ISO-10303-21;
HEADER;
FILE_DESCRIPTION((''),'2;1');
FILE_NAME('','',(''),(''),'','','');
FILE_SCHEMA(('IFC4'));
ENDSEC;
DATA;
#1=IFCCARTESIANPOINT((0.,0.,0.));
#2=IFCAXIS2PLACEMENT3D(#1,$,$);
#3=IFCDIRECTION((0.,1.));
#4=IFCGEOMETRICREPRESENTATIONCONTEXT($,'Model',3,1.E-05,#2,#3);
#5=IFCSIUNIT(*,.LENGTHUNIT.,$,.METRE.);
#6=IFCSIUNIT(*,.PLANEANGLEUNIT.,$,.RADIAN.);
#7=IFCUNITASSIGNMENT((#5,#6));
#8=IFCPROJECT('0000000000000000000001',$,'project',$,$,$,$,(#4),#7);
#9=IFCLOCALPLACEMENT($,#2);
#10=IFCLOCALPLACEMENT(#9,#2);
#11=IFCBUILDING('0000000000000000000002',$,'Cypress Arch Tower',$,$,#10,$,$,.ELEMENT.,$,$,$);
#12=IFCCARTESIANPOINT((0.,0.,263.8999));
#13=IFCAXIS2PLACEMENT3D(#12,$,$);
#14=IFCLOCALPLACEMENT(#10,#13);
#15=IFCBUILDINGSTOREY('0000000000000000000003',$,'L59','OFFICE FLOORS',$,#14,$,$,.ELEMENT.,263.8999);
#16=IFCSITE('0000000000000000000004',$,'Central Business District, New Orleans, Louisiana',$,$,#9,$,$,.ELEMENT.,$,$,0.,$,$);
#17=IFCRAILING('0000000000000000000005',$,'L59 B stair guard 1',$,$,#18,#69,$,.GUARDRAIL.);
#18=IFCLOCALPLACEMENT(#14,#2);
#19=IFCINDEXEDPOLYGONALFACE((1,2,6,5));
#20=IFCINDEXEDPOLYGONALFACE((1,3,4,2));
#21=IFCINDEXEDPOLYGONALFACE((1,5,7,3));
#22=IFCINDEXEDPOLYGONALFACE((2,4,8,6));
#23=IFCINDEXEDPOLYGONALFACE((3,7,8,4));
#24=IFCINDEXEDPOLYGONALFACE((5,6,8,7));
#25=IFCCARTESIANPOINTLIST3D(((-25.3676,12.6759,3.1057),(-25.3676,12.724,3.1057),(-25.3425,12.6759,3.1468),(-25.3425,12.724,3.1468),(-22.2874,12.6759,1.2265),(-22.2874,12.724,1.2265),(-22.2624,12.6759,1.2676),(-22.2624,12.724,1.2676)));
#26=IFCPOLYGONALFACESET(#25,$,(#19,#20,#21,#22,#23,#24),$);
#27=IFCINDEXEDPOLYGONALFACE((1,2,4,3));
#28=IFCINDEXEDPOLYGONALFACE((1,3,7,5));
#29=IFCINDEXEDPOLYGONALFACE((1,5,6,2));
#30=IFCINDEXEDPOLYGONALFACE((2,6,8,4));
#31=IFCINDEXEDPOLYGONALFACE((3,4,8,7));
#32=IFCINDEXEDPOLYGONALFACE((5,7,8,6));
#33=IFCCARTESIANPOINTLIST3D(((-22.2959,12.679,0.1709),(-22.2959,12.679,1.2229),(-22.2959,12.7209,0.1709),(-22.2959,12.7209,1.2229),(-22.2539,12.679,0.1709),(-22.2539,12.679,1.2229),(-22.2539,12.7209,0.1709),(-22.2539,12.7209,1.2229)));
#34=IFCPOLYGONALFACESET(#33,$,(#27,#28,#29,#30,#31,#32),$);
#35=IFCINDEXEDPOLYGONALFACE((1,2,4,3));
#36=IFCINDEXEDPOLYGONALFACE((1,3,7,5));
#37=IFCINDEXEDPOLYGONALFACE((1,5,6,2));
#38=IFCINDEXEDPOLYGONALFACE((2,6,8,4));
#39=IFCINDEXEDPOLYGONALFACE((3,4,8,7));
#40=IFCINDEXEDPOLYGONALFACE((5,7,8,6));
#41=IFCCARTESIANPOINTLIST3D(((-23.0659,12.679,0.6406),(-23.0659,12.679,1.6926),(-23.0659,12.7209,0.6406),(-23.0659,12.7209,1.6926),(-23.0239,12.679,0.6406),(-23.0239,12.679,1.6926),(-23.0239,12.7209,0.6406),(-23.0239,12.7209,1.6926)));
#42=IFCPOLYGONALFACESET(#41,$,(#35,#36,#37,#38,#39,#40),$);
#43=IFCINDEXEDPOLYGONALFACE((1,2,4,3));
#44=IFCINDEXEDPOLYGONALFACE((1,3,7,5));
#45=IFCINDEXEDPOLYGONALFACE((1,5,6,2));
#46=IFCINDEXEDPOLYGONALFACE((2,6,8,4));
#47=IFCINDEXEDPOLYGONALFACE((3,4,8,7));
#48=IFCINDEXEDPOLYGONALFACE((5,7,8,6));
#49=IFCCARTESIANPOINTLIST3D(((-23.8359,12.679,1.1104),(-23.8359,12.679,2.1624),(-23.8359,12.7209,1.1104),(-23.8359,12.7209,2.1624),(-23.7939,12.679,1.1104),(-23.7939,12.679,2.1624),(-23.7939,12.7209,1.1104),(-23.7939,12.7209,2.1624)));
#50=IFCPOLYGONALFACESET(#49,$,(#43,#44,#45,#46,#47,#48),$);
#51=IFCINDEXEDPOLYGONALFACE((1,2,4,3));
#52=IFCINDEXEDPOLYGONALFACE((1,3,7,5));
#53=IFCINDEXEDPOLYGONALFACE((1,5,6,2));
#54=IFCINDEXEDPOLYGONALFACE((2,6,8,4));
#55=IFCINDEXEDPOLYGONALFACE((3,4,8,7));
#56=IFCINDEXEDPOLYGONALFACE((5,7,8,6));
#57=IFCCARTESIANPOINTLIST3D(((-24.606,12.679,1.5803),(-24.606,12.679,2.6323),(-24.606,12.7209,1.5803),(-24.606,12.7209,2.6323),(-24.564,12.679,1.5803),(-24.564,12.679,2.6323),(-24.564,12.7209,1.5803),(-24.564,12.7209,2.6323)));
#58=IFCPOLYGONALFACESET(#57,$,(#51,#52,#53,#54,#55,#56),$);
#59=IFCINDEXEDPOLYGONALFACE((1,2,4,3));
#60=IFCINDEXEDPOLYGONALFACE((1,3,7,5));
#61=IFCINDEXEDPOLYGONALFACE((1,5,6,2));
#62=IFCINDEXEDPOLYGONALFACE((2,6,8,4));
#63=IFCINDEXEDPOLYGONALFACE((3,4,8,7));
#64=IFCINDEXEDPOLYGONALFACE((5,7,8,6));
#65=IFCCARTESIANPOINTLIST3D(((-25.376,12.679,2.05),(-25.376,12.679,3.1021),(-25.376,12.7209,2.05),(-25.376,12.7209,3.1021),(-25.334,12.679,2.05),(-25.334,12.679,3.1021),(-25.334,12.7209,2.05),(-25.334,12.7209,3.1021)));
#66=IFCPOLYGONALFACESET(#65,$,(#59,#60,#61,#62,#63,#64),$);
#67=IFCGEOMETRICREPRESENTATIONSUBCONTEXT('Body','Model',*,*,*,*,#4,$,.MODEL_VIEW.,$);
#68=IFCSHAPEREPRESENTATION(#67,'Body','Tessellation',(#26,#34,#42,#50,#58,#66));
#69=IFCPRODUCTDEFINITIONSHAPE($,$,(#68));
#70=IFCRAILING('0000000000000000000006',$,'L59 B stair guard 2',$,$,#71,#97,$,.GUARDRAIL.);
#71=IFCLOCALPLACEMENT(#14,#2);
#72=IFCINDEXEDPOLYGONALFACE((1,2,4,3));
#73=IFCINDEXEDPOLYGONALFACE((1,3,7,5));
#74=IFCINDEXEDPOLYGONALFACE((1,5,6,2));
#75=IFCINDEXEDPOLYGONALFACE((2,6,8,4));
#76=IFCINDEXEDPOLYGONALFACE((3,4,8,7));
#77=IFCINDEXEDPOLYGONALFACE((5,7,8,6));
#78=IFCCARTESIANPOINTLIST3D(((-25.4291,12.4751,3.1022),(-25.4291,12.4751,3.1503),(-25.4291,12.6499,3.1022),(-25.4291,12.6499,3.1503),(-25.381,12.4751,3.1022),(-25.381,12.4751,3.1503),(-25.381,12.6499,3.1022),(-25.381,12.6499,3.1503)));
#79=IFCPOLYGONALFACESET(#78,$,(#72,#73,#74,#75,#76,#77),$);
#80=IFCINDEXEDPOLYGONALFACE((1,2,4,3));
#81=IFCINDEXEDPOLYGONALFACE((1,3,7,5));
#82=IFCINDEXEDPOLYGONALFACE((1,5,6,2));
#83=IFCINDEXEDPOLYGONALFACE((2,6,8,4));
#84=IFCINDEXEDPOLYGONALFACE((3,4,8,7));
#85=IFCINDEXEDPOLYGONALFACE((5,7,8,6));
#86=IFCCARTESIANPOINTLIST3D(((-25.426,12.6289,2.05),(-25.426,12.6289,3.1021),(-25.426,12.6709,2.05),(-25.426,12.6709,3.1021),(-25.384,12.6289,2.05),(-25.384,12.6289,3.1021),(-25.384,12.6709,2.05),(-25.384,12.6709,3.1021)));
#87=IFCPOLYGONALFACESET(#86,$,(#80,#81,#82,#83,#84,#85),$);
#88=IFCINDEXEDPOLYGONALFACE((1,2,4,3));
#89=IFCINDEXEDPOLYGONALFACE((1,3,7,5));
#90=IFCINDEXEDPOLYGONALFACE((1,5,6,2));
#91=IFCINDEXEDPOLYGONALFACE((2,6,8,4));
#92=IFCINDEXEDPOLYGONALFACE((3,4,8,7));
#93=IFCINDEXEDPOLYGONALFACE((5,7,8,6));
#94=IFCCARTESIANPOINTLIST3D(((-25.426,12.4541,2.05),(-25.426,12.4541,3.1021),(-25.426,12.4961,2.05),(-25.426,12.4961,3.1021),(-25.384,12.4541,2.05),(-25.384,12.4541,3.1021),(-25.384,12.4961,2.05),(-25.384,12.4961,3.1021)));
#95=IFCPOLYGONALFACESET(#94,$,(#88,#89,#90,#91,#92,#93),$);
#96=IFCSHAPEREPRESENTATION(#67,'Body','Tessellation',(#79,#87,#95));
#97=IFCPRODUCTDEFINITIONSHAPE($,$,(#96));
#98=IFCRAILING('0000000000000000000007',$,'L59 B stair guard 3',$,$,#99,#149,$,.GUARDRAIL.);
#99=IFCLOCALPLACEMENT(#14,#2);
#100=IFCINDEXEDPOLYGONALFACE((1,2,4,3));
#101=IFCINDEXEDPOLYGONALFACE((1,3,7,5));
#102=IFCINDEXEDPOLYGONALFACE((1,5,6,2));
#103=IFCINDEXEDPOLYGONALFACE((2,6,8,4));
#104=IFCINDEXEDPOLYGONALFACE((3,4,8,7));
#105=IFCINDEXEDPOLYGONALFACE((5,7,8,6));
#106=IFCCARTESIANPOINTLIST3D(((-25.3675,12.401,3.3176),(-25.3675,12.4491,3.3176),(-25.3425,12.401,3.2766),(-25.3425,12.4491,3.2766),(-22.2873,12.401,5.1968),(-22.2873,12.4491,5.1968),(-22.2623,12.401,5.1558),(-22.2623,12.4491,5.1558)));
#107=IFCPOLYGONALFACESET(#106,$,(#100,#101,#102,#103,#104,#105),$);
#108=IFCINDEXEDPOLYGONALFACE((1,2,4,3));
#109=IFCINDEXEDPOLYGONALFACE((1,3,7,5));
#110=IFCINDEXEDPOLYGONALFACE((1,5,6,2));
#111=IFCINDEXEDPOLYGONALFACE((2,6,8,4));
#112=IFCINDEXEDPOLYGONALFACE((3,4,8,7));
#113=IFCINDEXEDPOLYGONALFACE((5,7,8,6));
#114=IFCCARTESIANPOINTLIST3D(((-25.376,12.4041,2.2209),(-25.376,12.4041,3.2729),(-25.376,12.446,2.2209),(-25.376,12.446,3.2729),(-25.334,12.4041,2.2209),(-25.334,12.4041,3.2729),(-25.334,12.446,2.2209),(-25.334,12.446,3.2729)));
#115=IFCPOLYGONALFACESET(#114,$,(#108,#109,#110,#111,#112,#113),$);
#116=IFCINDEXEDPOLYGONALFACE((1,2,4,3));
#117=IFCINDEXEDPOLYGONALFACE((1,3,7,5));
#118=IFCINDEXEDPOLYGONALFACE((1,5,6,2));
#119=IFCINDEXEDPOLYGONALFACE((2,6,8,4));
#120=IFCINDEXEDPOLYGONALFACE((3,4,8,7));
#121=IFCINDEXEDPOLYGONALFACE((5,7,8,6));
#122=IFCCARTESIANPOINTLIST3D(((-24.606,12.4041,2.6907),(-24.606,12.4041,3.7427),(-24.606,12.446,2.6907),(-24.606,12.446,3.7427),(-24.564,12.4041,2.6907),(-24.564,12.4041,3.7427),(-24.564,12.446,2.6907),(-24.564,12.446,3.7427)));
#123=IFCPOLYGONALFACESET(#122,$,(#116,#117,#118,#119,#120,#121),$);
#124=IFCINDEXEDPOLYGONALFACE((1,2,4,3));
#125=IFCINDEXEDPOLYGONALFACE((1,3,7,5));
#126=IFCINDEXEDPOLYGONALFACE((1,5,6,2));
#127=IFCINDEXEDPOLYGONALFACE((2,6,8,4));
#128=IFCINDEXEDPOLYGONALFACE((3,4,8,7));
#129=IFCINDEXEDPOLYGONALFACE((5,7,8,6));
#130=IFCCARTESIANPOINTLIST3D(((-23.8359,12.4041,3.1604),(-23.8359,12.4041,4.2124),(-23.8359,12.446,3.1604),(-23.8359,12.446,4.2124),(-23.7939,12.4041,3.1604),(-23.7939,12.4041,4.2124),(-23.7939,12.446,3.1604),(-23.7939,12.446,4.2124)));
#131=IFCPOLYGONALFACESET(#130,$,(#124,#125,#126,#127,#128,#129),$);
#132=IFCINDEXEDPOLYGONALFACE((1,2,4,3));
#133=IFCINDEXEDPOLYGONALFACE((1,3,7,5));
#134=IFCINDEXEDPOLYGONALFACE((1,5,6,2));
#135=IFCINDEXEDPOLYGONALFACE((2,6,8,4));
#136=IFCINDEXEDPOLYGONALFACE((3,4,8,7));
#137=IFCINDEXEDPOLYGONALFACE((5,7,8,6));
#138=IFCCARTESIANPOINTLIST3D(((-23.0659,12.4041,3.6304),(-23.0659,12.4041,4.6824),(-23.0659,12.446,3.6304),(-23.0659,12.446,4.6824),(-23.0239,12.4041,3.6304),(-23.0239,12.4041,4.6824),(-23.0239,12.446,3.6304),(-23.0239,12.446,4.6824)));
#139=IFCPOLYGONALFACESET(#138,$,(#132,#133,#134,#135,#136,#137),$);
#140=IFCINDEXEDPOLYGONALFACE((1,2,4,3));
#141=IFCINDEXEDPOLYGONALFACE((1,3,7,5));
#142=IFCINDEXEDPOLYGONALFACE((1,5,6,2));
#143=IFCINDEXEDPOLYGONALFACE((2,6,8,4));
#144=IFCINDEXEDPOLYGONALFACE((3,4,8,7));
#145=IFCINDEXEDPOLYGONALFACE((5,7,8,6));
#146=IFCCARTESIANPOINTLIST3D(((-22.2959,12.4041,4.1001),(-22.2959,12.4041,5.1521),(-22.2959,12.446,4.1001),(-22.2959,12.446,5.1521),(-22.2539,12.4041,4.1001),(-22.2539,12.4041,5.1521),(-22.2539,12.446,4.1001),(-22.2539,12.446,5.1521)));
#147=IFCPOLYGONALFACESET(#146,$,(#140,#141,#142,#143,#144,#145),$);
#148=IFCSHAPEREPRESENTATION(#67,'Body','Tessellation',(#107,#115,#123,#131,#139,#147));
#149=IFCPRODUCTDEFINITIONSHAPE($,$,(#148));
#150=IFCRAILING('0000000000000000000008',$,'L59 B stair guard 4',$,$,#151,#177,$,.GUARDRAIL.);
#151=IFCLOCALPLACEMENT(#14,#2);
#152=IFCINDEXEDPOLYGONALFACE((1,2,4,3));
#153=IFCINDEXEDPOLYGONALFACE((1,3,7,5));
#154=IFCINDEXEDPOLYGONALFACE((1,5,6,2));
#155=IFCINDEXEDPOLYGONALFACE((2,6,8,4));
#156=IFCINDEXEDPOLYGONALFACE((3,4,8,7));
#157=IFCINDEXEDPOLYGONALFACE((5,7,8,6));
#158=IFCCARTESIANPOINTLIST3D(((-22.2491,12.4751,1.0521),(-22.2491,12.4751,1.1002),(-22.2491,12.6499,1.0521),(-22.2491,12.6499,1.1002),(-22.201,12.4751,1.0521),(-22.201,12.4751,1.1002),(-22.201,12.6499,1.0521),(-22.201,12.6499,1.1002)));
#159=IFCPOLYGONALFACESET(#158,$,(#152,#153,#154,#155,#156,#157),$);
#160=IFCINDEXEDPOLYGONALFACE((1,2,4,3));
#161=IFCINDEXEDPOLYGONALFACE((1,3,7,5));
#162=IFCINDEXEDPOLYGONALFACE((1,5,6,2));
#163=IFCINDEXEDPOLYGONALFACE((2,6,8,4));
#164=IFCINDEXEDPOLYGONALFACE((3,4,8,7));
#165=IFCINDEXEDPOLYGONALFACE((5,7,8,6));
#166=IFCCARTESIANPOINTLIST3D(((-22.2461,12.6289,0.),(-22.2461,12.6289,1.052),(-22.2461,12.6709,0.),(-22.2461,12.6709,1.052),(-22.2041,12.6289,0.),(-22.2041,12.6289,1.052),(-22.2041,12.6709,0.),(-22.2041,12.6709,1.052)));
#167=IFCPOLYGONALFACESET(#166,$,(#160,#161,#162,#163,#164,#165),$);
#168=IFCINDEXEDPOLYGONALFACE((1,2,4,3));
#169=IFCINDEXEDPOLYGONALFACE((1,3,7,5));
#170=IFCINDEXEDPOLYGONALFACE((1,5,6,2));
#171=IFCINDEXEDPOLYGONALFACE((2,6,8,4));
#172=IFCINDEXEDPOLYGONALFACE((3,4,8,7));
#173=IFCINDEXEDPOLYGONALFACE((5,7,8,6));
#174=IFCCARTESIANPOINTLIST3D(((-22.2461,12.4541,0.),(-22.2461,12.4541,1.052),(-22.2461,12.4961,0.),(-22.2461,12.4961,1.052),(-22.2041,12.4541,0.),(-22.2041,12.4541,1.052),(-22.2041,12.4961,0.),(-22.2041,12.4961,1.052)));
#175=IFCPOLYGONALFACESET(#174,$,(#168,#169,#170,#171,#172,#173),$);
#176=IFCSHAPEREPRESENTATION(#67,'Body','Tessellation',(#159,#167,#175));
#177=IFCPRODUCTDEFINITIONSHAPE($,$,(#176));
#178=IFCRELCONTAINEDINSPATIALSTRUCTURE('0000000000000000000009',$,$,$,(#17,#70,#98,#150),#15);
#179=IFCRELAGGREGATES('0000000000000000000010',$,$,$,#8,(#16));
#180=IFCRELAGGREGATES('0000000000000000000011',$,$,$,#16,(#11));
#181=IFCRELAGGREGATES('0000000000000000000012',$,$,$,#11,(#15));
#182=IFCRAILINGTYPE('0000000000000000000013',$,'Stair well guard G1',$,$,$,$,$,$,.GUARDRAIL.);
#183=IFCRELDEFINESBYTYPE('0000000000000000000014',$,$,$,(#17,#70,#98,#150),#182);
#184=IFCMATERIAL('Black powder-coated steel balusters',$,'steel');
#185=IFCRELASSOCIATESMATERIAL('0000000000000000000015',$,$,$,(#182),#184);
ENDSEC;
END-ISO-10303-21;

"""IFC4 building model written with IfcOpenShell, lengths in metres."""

from ifc_helpers import new_model, si_unit, direction, frame, origin, origin_2d, place, context, subcontext, project, spatial, rectangle, extrude, material, type_object, element, save


model = new_model("IFC4")

# Units and contexts
model_context = context("Model", 3, precision=1e-05, world=origin(), true_north=direction((0.0, 1.0)))
body_context = subcontext(model_context, "Body", "Model", "MODEL_VIEW")
ifc_project = project(units=[si_unit("LENGTHUNIT", "METRE"), si_unit("PLANEANGLEUNIT", "RADIAN")], contexts=[model_context])

# Site, building, storey
site_placement = place(None, origin())
site = spatial("IfcSite", under=ifc_project, at=site_placement, Name="Central Business District, New Orleans, Louisiana", CompositionType="ELEMENT", RefElevation=0.0)
building_placement = place(site_placement, origin())
building = spatial("IfcBuilding", under=site, at=building_placement, Name="Cypress Arch Tower", CompositionType="ELEMENT")
storey_placement = place(building_placement, frame((0.0, 0.0, 263.8999)))
storey = spatial("IfcBuildingStorey", under=building, at=storey_placement, Name="L59", Description="OFFICE FLOORS", CompositionType="ELEMENT", Elevation=263.8999)

# Railings
ifc_material_1 = material(Name="Black powder-coated steel balusters", Category="steel")
railing_type_1 = type_object("IfcRailingType", Name="Stair well guard G1", PredefinedType="GUARDRAIL", material=ifc_material_1)
railing_1_placement = place(storey_placement, frame((-22.2749, 12.7, 0.1709)))
element("IfcRailing", 1, at=railing_1_placement, inside=storey, type_object=railing_type_1, Name="L59 B stair guard 1", PredefinedType="GUARDRAIL", context=body_context, shape_type="SweptSolid", body=[
    extrude(rectangle(XDim=0.0481, YDim=0.0481, at=origin_2d()), frame((0.0, 0.0, 1.0762), z_axis=(-0.853666, 0.0, 0.52082), x_axis=(0.0, -1.0, 0.0)), (0.0, 0.0, 1.0), 3.6082),
    extrude(rectangle(XDim=0.042, YDim=0.042, at=origin_2d()), origin(), (0.0, 0.0, 1.0), 1.052),
    extrude(rectangle(XDim=0.042, YDim=0.042, at=origin_2d()), frame((-0.77, 0.0, 0.4697)), (0.0, 0.0, 1.0), 1.052),
    extrude(rectangle(XDim=0.042, YDim=0.042, at=origin_2d()), frame((-1.54, 0.0, 0.9395)), (0.0, 0.0, 1.0), 1.052),
    extrude(rectangle(XDim=0.042, YDim=0.042, at=origin_2d()), frame((-2.3101, 0.0, 1.4094)), (0.0, 0.0, 1.0), 1.052),
    extrude(rectangle(XDim=0.042, YDim=0.042, at=origin_2d()), frame((-3.0801, 0.0, 1.8792)), (0.0, 0.0, 1.0), 1.052),
])
railing_2_placement = place(storey_placement, frame((-25.405, 12.6499, 2.05)))
element("IfcRailing", 2, at=railing_2_placement, inside=storey, type_object=railing_type_1, Name="L59 B stair guard 2", PredefinedType="GUARDRAIL", context=body_context, shape_type="SweptSolid", body=[
    extrude(rectangle(XDim=0.0481, YDim=0.0481, at=origin_2d()), frame((0.0, 0.0, 1.0762), z_axis=(0.0, -1.0, 0.0), x_axis=(1.0, 0.0, 0.0)), (0.0, 0.0, 1.0), 0.1748),
    extrude(rectangle(XDim=0.042, YDim=0.042, at=origin_2d()), origin(), (0.0, 0.0, 1.0), 1.052),
    extrude(rectangle(XDim=0.042, YDim=0.042, at=origin_2d()), frame((0.0, -0.1748, 0.0)), (0.0, 0.0, 1.0), 1.052),
])
railing_3_placement = place(storey_placement, frame((-25.355, 12.425, 2.2209)))
element("IfcRailing", 3, at=railing_3_placement, inside=storey, type_object=railing_type_1, Name="L59 B stair guard 3", PredefinedType="GUARDRAIL", context=body_context, shape_type="SweptSolid", body=[
    extrude(rectangle(XDim=0.0481, YDim=0.0481, at=origin_2d()), frame((0.0, 0.0, 1.0762), z_axis=(0.853666, 0.0, 0.52082), x_axis=(0.0, 1.0, 0.0)), (0.0, 0.0, 1.0), 3.6082),
    extrude(rectangle(XDim=0.042, YDim=0.042, at=origin_2d()), origin(), (0.0, 0.0, 1.0), 1.052),
    extrude(rectangle(XDim=0.042, YDim=0.042, at=origin_2d()), frame((0.77, 0.0, 0.4697)), (0.0, 0.0, 1.0), 1.052),
    extrude(rectangle(XDim=0.042, YDim=0.042, at=origin_2d()), frame((1.54, 0.0, 0.9395)), (0.0, 0.0, 1.0), 1.052),
    extrude(rectangle(XDim=0.042, YDim=0.042, at=origin_2d()), frame((2.3101, 0.0, 1.4094)), (0.0, 0.0, 1.0), 1.052),
    extrude(rectangle(XDim=0.042, YDim=0.042, at=origin_2d()), frame((3.0801, 0.0, 1.8792)), (0.0, 0.0, 1.0), 1.052),
])
railing_4_placement = place(storey_placement, frame((-22.2251, 12.6499, 0.0)))
element("IfcRailing", 4, at=railing_4_placement, inside=storey, type_object=railing_type_1, Name="L59 B stair guard 4", PredefinedType="GUARDRAIL", context=body_context, shape_type="SweptSolid", body=[
    extrude(rectangle(XDim=0.0481, YDim=0.0481, at=origin_2d()), frame((0.0, 0.0, 1.0762), z_axis=(0.0, -1.0, 0.0), x_axis=(1.0, 0.0, 0.0)), (0.0, 0.0, 1.0), 0.1748),
    extrude(rectangle(XDim=0.042, YDim=0.042, at=origin_2d()), origin(), (0.0, 0.0, 1.0), 1.052),
    extrude(rectangle(XDim=0.042, YDim=0.042, at=origin_2d()), frame((0.0, -0.1748, 0.0)), (0.0, 0.0, 1.0), 1.052),
])

save(model, "model.ifc")
